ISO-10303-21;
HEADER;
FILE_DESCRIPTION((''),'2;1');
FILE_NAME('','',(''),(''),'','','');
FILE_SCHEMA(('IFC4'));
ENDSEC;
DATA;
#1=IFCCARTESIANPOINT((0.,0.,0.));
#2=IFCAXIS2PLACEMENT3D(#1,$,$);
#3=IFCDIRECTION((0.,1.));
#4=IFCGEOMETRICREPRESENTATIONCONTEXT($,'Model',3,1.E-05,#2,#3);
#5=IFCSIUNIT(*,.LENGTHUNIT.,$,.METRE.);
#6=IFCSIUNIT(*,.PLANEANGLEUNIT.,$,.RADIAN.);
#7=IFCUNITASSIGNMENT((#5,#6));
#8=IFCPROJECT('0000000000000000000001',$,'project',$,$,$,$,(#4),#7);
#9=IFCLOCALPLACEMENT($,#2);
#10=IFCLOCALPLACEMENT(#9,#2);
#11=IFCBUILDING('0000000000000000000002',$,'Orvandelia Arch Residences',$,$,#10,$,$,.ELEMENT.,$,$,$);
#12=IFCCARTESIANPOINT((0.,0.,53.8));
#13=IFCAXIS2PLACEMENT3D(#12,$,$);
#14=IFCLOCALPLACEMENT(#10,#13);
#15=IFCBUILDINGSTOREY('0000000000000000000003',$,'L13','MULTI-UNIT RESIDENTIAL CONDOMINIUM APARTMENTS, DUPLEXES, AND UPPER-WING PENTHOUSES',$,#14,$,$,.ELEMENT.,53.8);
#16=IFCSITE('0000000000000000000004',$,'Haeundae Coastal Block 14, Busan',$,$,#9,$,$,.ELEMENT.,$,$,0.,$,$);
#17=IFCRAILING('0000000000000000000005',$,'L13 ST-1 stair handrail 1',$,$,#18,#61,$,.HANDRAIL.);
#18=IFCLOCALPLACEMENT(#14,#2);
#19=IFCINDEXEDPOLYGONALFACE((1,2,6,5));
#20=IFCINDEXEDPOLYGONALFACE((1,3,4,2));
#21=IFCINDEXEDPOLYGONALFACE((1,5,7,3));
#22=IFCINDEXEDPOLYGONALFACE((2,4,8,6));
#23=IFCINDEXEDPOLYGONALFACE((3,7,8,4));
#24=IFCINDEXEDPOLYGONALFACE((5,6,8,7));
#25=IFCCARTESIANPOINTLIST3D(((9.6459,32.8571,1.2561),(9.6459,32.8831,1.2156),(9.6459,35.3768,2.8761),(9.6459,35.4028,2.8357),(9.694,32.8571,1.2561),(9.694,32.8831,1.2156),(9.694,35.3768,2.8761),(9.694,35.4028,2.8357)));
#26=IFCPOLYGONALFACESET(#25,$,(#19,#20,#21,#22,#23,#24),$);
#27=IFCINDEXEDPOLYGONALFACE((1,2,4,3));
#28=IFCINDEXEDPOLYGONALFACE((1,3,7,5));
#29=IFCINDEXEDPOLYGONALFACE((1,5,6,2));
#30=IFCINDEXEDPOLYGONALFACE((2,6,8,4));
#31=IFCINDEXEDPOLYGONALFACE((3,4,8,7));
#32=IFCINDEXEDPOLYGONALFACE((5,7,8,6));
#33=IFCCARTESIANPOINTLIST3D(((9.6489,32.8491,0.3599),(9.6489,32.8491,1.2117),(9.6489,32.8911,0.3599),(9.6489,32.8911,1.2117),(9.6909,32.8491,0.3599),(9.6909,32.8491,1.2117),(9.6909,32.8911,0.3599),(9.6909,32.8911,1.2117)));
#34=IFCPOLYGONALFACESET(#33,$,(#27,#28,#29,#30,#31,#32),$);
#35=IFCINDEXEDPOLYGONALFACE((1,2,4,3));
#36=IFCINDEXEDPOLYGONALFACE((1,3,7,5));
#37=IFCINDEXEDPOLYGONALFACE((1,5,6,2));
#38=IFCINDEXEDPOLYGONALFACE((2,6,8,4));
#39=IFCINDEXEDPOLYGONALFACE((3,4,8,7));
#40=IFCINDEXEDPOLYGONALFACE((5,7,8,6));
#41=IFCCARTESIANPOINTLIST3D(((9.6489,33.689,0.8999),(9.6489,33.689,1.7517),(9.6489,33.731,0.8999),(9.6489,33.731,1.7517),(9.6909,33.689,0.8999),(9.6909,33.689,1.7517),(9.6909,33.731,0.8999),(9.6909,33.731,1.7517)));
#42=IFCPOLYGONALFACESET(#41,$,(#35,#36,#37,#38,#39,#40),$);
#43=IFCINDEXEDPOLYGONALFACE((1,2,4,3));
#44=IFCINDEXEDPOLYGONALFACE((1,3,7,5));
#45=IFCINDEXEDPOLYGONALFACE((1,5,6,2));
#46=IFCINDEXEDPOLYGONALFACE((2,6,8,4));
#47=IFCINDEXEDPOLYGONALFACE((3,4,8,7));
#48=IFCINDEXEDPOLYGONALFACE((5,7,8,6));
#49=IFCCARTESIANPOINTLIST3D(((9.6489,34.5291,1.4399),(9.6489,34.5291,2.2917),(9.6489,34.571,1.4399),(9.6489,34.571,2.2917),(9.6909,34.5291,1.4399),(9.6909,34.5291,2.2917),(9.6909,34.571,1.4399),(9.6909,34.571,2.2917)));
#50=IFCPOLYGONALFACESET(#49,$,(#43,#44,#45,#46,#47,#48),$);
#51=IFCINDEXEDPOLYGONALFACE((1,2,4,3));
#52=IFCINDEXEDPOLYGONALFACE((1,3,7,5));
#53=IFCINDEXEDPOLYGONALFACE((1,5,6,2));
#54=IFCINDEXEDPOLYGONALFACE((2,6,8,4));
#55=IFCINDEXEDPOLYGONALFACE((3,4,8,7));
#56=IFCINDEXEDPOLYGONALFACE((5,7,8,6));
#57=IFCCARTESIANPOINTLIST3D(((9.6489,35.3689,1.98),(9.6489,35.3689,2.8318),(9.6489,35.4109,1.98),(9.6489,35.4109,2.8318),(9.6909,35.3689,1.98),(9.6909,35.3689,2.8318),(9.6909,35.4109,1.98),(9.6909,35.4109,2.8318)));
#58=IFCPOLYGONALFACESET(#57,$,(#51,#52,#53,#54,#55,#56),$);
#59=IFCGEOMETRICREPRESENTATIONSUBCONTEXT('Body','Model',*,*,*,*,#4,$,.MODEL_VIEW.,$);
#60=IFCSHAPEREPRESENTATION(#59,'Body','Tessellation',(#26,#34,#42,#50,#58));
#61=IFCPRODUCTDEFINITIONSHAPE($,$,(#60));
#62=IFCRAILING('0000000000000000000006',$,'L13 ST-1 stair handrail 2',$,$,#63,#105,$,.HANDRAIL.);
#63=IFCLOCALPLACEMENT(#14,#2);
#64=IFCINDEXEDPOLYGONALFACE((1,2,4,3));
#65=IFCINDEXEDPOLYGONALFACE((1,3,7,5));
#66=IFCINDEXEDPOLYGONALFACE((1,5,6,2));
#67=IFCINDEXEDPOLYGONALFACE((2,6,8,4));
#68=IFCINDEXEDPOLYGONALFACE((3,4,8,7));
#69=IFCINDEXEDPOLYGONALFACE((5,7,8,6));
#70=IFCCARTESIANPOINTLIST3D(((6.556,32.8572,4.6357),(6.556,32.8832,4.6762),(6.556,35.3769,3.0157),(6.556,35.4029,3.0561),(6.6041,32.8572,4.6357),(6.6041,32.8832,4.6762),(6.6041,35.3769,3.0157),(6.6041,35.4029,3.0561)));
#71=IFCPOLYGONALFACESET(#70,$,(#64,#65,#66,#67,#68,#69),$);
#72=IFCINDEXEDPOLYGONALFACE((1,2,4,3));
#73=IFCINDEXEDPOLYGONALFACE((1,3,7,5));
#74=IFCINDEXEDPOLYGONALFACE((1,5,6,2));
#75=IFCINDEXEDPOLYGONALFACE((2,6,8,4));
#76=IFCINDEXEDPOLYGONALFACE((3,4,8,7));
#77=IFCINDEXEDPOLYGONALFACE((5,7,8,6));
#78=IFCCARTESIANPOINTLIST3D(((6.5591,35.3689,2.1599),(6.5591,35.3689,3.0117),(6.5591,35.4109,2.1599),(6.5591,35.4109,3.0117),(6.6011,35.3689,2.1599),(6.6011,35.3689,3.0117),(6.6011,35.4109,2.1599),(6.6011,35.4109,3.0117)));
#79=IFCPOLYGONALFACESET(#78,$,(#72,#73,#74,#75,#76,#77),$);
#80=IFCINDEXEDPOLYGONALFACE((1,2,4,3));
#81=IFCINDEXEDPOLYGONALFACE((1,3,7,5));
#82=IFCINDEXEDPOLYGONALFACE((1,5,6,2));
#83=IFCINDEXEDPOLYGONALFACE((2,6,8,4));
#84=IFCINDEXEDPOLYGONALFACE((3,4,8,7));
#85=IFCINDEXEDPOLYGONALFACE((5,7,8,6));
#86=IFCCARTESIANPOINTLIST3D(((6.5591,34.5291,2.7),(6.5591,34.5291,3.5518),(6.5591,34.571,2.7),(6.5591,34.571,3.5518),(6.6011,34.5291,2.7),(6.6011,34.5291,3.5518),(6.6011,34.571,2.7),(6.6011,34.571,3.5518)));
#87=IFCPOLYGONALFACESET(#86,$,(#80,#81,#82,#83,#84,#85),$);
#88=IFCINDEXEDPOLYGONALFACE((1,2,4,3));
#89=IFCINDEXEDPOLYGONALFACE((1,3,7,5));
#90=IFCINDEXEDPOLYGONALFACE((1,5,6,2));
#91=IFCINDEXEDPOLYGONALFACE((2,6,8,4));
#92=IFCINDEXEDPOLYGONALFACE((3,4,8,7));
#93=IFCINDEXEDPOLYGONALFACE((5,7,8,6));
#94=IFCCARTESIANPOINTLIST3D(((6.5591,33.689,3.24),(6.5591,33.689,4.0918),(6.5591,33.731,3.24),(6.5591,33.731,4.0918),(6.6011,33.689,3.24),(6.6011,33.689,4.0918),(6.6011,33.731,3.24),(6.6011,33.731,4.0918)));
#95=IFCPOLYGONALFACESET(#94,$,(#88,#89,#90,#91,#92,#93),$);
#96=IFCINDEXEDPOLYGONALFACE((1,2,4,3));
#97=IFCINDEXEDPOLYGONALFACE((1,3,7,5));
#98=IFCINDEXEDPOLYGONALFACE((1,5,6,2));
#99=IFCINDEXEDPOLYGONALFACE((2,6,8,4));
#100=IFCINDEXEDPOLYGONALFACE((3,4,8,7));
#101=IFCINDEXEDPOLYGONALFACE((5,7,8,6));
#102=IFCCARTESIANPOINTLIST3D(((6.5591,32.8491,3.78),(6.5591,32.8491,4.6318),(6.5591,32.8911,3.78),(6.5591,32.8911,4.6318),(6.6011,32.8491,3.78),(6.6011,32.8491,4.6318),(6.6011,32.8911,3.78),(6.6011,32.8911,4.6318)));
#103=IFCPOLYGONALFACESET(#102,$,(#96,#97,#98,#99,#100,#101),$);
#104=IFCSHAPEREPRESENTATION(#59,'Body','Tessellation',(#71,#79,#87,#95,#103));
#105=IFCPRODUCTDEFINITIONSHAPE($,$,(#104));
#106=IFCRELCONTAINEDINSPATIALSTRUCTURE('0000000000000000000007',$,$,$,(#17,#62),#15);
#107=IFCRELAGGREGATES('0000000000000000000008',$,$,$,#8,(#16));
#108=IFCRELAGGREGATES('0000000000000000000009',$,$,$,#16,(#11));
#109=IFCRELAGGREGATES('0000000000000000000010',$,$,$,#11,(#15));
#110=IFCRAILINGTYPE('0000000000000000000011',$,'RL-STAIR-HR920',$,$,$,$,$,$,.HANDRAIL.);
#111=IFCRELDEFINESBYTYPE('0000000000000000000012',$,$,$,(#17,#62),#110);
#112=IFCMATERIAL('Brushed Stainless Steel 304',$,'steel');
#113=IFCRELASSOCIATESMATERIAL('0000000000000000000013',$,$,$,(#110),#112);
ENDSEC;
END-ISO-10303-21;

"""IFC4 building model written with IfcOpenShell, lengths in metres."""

from ifc_helpers import new_model, si_unit, direction, frame, origin, origin_2d, place, context, subcontext, project, spatial, rectangle, extrude, material, type_object, element, save


model = new_model("IFC4")

# Units and contexts
model_context = context("Model", 3, precision=1e-05, world=origin(), true_north=direction((0.0, 1.0)))
body_context = subcontext(model_context, "Body", "Model", "MODEL_VIEW")
ifc_project = project(units=[si_unit("LENGTHUNIT", "METRE"), si_unit("PLANEANGLEUNIT", "RADIAN")], contexts=[model_context])

# Site, building, storey
site_placement = place(None, origin())
site = spatial("IfcSite", under=ifc_project, at=site_placement, Name="Haeundae Coastal Block 14, Busan", CompositionType="ELEMENT", RefElevation=0.0)
building_placement = place(site_placement, origin())
building = spatial("IfcBuilding", under=site, at=building_placement, Name="Orvandelia Arch Residences", CompositionType="ELEMENT")
storey_placement = place(building_placement, frame((0.0, 0.0, 53.8)))
storey = spatial("IfcBuildingStorey", under=building, at=storey_placement, Name="L13", Description="MULTI-UNIT RESIDENTIAL CONDOMINIUM APARTMENTS, DUPLEXES, AND UPPER-WING PENTHOUSES", CompositionType="ELEMENT", Elevation=53.8)

# Railings
ifc_material_1 = material(Name="Brushed Stainless Steel 304", Category="steel")
railing_type_1 = type_object("IfcRailingType", Name="RL-STAIR-HR920", PredefinedType="HANDRAIL", material=ifc_material_1)
railing_1_placement = place(storey_placement, frame((9.6699, 32.8701, 0.3599)))
element("IfcRailing", 1, at=railing_1_placement, inside=storey, type_object=railing_type_1, Name="L13 ST-1 stair handrail 1", PredefinedType="HANDRAIL", context=body_context, shape_type="SweptSolid", body=[
    extrude(rectangle(XDim=0.0481, YDim=0.0481, at=origin_2d()), frame((0.0, 0.0, 0.876), z_axis=(0.0, 0.841139, 0.540819), x_axis=(-1.0, 0.0, 0.0)), (0.0, 0.0, 1.0), 2.9956),
    extrude(rectangle(XDim=0.042, YDim=0.042, at=origin_2d()), origin(), (0.0, 0.0, 1.0), 0.8518),
    extrude(rectangle(XDim=0.042, YDim=0.042, at=origin_2d()), frame((0.0, 0.8398, 0.54)), (0.0, 0.0, 1.0), 0.8518),
    extrude(rectangle(XDim=0.042, YDim=0.042, at=origin_2d()), frame((0.0, 1.6799, 1.0801)), (0.0, 0.0, 1.0), 0.8518),
    extrude(rectangle(XDim=0.042, YDim=0.042, at=origin_2d()), frame((0.0, 2.5198, 1.6201)), (0.0, 0.0, 1.0), 0.8518),
])
railing_2_placement = place(storey_placement, frame((6.5801, 35.3899, 2.1599)))
element("IfcRailing", 2, at=railing_2_placement, inside=storey, type_object=railing_type_1, Name="L13 ST-1 stair handrail 2", PredefinedType="HANDRAIL", context=body_context, shape_type="SweptSolid", body=[
    extrude(rectangle(XDim=0.0481, YDim=0.0481, at=origin_2d()), frame((0.0, 0.0, 0.876), z_axis=(0.0, -0.841139, 0.540819), x_axis=(1.0, 0.0, 0.0)), (0.0, 0.0, 1.0), 2.9956),
    extrude(rectangle(XDim=0.042, YDim=0.042, at=origin_2d()), origin(), (0.0, 0.0, 1.0), 0.8518),
    extrude(rectangle(XDim=0.042, YDim=0.042, at=origin_2d()), frame((0.0, -0.8398, 0.54)), (0.0, 0.0, 1.0), 0.8518),
    extrude(rectangle(XDim=0.042, YDim=0.042, at=origin_2d()), frame((0.0, -1.6799, 1.0801)), (0.0, 0.0, 1.0), 0.8518),
    extrude(rectangle(XDim=0.042, YDim=0.042, at=origin_2d()), frame((0.0, -2.5198, 1.6201)), (0.0, 0.0, 1.0), 0.8518),
])

save(model, "model.ifc")
